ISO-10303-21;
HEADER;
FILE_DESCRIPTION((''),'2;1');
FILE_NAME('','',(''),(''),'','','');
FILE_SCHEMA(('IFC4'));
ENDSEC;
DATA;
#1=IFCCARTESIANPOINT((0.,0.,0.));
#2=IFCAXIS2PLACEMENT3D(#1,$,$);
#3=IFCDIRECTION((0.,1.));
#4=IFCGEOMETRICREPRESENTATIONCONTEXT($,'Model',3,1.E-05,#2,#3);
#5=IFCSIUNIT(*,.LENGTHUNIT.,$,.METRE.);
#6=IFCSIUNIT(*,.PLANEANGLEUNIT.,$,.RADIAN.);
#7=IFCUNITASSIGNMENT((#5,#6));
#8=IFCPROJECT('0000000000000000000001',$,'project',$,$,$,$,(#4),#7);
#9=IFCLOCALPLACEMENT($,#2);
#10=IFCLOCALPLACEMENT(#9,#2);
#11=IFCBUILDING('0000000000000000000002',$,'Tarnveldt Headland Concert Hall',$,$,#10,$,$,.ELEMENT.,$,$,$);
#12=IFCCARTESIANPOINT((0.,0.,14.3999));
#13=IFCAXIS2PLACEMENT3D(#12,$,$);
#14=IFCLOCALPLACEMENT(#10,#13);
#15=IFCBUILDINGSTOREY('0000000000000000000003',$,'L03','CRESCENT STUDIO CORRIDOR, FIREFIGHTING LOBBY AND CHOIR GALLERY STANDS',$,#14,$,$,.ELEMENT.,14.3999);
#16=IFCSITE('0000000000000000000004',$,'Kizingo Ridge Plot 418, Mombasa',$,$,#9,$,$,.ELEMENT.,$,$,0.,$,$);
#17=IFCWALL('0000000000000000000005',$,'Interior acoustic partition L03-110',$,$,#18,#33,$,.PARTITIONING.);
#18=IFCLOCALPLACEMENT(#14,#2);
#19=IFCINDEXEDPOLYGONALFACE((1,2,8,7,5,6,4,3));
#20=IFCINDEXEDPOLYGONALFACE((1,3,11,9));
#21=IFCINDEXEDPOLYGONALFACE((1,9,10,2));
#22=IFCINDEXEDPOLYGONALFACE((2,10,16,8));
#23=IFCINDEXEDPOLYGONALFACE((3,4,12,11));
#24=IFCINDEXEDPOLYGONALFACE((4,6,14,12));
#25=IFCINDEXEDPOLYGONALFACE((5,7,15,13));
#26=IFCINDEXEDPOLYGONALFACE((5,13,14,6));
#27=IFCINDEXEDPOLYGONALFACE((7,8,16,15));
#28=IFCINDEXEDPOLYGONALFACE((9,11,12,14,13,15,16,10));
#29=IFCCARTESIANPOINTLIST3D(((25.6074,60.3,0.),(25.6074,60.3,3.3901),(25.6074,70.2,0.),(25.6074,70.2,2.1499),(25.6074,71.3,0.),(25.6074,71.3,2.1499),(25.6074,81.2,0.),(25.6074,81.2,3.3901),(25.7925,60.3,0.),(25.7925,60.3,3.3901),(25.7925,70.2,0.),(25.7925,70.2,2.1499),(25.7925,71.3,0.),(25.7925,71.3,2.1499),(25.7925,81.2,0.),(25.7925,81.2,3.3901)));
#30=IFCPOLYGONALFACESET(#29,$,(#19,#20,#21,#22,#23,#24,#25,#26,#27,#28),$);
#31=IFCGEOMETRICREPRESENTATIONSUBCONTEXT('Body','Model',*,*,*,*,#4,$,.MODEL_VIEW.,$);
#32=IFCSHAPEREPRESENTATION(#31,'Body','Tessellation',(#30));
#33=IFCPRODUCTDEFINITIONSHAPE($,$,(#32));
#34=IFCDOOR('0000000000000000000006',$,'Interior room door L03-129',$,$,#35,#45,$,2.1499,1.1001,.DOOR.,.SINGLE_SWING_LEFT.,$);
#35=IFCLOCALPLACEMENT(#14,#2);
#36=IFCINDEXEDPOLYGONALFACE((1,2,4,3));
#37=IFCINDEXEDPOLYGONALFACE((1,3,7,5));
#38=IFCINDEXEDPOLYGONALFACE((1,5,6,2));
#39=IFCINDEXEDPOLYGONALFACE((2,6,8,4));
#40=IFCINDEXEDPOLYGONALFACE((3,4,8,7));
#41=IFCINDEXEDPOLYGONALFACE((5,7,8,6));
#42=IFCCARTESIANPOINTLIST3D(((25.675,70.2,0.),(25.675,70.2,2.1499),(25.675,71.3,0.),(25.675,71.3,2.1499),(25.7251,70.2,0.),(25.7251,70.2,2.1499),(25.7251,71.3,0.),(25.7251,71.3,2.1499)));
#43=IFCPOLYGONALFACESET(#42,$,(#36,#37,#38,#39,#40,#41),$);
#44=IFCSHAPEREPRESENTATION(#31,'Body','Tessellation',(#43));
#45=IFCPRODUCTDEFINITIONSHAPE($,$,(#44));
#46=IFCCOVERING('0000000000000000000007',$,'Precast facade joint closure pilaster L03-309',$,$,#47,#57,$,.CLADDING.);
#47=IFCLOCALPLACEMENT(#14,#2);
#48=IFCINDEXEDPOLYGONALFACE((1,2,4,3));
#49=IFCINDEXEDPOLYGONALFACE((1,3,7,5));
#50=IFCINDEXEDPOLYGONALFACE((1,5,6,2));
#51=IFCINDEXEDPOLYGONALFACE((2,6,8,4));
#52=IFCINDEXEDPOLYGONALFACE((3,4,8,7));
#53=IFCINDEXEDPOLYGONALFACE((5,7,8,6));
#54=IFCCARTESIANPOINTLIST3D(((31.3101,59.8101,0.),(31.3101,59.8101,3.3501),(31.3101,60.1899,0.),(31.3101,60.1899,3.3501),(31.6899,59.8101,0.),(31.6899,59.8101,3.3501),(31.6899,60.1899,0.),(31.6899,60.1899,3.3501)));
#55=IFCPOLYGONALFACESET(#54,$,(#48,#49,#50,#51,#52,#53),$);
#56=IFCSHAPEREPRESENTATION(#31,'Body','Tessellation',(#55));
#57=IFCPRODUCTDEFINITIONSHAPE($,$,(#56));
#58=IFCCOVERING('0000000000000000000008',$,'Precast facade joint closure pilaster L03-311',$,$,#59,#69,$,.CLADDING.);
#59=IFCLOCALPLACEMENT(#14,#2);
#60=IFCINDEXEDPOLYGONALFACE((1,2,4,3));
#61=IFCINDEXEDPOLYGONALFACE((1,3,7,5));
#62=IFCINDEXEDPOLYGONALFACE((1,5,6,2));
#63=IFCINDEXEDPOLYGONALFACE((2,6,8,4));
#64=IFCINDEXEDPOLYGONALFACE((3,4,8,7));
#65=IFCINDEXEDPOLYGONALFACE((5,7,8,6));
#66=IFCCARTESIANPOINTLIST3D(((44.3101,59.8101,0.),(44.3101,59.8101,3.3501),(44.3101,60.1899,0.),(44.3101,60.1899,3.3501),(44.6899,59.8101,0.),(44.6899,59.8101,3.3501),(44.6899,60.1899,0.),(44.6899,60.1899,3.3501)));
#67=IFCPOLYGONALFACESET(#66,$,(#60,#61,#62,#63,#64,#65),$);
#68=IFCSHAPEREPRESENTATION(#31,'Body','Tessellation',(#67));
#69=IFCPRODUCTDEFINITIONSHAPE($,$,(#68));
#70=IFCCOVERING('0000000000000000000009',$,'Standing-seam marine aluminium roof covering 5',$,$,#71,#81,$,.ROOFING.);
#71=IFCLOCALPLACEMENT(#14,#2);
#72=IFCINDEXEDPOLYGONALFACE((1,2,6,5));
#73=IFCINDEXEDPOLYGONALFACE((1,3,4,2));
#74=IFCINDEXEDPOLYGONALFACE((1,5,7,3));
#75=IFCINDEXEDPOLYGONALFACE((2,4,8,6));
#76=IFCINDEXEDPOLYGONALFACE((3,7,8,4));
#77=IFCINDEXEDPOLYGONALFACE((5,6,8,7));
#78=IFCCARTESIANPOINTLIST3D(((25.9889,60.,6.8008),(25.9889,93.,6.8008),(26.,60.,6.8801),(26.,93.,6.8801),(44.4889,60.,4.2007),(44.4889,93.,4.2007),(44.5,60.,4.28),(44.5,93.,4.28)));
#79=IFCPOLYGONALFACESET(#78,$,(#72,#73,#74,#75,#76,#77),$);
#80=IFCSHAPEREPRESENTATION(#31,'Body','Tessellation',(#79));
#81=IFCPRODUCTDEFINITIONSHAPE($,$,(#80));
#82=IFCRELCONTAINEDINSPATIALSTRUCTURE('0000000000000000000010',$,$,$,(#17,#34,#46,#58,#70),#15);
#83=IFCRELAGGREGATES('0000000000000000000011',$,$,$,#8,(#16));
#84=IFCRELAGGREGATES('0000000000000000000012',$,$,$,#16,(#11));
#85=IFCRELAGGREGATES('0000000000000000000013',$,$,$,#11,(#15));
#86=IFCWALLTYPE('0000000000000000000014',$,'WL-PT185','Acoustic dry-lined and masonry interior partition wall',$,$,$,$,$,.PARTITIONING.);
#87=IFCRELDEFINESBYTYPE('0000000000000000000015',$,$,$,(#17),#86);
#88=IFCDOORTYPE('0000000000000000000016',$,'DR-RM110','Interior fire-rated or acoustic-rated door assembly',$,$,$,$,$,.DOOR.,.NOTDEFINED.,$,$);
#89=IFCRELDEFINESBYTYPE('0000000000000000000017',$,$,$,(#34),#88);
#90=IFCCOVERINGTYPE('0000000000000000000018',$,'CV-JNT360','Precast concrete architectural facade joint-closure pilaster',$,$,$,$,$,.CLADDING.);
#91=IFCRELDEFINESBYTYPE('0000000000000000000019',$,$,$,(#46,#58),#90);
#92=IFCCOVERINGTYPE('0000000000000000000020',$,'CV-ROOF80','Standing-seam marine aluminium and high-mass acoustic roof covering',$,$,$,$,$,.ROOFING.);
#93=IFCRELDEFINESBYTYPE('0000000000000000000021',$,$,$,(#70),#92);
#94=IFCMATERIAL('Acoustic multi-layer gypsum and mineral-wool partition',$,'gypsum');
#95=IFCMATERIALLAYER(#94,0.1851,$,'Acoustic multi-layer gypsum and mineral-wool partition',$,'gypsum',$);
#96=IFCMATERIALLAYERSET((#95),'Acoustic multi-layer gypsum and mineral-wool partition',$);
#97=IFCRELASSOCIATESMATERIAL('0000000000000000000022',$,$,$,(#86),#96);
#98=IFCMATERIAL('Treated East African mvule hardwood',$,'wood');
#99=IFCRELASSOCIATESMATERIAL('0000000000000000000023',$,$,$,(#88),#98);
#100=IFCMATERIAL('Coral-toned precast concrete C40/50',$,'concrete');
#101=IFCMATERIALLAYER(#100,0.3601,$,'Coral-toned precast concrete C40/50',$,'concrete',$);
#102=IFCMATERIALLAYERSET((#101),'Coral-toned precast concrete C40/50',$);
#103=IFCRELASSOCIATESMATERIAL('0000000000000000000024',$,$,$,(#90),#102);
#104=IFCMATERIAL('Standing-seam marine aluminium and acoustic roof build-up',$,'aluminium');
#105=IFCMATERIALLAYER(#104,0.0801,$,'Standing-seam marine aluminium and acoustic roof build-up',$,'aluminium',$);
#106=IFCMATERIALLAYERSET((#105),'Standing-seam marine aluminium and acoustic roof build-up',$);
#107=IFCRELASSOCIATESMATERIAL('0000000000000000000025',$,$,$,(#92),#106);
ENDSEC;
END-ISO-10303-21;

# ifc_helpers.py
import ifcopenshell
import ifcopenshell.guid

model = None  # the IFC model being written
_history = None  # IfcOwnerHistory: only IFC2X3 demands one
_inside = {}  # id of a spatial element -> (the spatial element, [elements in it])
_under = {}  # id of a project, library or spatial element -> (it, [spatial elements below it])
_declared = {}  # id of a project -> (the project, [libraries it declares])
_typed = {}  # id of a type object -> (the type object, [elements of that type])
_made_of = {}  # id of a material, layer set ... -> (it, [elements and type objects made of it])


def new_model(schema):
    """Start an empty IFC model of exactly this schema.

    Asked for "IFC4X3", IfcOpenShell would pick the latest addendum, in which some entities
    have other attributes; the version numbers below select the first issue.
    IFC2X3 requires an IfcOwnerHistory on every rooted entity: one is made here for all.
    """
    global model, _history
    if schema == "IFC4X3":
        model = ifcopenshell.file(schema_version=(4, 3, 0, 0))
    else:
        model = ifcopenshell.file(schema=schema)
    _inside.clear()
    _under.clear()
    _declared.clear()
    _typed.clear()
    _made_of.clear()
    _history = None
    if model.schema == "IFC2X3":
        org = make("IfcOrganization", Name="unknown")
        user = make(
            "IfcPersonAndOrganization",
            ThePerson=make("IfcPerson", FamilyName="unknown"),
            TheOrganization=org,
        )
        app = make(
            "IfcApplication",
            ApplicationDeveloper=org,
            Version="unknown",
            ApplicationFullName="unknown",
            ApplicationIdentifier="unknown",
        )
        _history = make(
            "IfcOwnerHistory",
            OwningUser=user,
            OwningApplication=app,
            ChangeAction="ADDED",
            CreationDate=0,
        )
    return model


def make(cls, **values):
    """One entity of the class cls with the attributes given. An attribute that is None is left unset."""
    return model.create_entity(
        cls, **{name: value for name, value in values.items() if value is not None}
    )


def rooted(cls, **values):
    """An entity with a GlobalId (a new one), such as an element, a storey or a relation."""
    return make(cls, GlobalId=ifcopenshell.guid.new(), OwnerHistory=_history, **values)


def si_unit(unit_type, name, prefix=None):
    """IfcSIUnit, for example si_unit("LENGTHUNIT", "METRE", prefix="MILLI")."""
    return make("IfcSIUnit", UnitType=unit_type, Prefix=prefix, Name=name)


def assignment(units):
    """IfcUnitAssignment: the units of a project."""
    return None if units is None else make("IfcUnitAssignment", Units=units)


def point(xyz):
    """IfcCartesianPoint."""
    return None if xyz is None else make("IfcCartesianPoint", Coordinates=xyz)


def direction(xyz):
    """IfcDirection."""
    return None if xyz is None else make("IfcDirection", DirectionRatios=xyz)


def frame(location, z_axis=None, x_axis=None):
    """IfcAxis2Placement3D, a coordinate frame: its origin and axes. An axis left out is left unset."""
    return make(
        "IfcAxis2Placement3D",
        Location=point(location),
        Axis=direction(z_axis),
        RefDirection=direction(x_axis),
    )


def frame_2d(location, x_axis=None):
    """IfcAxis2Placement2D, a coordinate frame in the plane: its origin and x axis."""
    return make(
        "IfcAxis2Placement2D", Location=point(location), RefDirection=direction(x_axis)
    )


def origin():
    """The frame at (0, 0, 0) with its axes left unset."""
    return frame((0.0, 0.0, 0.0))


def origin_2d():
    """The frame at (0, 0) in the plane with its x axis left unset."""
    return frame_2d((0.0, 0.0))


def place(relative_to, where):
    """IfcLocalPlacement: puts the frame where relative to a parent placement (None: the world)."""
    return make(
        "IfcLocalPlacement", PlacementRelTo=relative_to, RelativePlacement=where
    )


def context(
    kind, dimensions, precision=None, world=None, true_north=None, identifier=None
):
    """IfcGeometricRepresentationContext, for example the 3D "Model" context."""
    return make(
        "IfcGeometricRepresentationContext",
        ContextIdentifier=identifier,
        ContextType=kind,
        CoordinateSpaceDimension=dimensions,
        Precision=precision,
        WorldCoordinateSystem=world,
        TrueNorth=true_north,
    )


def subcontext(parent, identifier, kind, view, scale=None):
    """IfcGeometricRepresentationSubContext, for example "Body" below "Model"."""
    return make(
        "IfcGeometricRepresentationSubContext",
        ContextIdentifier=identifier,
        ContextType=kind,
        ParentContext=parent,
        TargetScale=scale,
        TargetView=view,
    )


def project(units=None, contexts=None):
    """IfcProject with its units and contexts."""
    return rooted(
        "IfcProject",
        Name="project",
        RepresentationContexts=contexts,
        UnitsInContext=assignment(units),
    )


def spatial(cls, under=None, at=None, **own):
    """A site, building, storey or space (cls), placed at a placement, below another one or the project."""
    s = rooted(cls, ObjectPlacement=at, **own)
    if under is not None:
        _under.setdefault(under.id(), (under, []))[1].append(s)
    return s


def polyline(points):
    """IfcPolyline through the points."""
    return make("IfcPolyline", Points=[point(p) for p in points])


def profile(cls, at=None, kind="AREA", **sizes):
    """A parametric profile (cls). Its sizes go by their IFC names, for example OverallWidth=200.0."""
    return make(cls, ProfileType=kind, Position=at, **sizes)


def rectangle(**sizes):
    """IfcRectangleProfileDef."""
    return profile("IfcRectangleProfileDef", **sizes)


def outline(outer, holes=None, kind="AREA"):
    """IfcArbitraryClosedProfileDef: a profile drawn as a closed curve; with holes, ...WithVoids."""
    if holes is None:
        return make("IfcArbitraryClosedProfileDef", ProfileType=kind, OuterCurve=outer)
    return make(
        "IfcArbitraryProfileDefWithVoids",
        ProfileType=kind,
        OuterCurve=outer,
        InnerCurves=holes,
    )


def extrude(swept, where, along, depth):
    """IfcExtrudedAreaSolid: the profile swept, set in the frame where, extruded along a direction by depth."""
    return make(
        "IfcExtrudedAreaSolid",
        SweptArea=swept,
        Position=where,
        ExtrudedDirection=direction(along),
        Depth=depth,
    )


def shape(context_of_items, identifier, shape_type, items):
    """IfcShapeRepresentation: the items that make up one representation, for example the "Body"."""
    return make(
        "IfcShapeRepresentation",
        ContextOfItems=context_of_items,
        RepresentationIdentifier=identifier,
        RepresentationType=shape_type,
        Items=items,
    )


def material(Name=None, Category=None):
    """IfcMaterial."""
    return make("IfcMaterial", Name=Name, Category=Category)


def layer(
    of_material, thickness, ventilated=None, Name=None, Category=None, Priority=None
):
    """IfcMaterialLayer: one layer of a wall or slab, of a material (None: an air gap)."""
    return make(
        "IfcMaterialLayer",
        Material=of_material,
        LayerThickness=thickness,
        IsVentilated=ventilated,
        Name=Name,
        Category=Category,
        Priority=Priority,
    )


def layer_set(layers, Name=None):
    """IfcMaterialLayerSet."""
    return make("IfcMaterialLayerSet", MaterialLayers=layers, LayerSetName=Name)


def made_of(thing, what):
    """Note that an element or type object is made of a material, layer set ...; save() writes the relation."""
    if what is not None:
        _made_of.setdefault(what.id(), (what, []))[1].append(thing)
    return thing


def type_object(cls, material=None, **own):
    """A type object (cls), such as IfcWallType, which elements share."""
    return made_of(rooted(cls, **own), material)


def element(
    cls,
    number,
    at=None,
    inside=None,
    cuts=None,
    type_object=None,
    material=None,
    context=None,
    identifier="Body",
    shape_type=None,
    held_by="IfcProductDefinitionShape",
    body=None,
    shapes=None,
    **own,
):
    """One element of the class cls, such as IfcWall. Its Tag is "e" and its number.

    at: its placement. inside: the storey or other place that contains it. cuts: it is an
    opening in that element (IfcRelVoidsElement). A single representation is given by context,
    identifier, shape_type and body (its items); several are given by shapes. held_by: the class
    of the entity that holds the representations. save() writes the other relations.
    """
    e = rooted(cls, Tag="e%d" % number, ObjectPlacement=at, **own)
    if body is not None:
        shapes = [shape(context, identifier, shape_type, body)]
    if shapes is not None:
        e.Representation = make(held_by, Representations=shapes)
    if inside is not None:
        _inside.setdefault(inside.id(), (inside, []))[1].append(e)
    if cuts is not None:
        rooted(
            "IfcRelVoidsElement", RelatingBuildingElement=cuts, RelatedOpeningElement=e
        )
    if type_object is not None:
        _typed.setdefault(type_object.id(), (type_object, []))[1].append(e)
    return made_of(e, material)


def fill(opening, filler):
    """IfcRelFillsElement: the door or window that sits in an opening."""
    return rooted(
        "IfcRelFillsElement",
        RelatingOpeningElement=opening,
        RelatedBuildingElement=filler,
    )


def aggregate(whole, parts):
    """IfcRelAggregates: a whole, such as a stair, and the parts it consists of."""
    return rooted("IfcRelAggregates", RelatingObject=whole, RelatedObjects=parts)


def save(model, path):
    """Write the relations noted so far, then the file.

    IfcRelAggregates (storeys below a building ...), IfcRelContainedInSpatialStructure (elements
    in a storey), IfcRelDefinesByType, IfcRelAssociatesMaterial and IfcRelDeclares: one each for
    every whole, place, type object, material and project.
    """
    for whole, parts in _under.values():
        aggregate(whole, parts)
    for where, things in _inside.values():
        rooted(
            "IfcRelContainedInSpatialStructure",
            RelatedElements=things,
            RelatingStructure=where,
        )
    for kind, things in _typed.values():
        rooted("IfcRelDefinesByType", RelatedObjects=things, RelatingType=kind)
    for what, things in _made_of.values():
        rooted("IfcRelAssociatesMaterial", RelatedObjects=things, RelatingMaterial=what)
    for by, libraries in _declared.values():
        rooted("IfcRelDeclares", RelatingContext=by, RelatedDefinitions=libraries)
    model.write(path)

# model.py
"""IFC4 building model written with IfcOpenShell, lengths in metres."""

from ifc_helpers import new_model, si_unit, direction, frame, frame_2d, origin, origin_2d, place, context, subcontext, project, spatial, polyline, rectangle, outline, extrude, material, layer, layer_set, type_object, element, fill, save


model = new_model("IFC4")

# Units and contexts
model_context = context("Model", 3, precision=1e-05, world=origin(), true_north=direction((0.0, 1.0)))
body_context = subcontext(model_context, "Body", "Model", "MODEL_VIEW")
ifc_project = project(units=[si_unit("LENGTHUNIT", "METRE"), si_unit("PLANEANGLEUNIT", "RADIAN")], contexts=[model_context])

# Site, building, storey
site_placement = place(None, origin())
site = spatial("IfcSite", under=ifc_project, at=site_placement, Name="Kizingo Ridge Plot 418, Mombasa", CompositionType="ELEMENT", RefElevation=0.0)
building_placement = place(site_placement, origin())
building = spatial("IfcBuilding", under=site, at=building_placement, Name="Tarnveldt Headland Concert Hall", CompositionType="ELEMENT")
storey_placement = place(building_placement, frame((0.0, 0.0, 14.3999)))
storey = spatial("IfcBuildingStorey", under=building, at=storey_placement, Name="L03", Description="CRESCENT STUDIO CORRIDOR, FIREFIGHTING LOBBY AND CHOIR GALLERY STANDS", CompositionType="ELEMENT", Elevation=14.3999)

# Shared definitions
ifc_material_1 = material(Name="Coral-toned precast concrete C40/50", Category="concrete")

# Wall, opening, door
ifc_material_2 = material(Name="Acoustic multi-layer gypsum and mineral-wool partition", Category="gypsum")
ifc_layer_1 = layer(ifc_material_2, 0.1851, Name="Acoustic multi-layer gypsum and mineral-wool partition", Category="gypsum")
ifc_layer_set_1 = layer_set([ifc_layer_1], Name="Acoustic multi-layer gypsum and mineral-wool partition")
wall_type_1 = type_object("IfcWallType", Name="WL-PT185", Description="Acoustic dry-lined and masonry interior partition wall", PredefinedType="PARTITIONING", material=ifc_layer_set_1)
wall_1_placement = place(storey_placement, frame((25.7, 60.3, 0.0), z_axis=(0.0, 0.0, 1.0), x_axis=(0.0, 1.0, 0.0)))
wall_1 = element("IfcWall", 1, at=wall_1_placement, inside=storey, type_object=wall_type_1, Name="Interior acoustic partition L03-110", PredefinedType="PARTITIONING", context=body_context, shape_type="SweptSolid", body=[
    extrude(rectangle(XDim=20.8999, YDim=0.1851, at=frame_2d((10.45, 0.0))), origin(), (0.0, 0.0, 1.0), 3.3901),
])
opening_1_placement = place(wall_1_placement, frame((9.8999, 0.0, 0.0)))
opening_1 = element("IfcOpeningElement", 2, at=opening_1_placement, cuts=wall_1, PredefinedType="OPENING", context=body_context, shape_type="SweptSolid", body=[
    extrude(rectangle(XDim=1.1001, YDim=2.1499, at=frame_2d((0.55, 1.075))), frame((0.0, 0.1025, 0.0), z_axis=(0.0, -1.0, 0.0), x_axis=(1.0, 0.0, 0.0)), (0.0, 0.0, 1.0), 0.2051),
])
ifc_material_3 = material(Name="Treated East African mvule hardwood", Category="wood")
door_type_1 = type_object("IfcDoorType", Name="DR-RM110", Description="Interior fire-rated or acoustic-rated door assembly", OperationType="NOTDEFINED", PredefinedType="DOOR", material=ifc_material_3)
door_1_placement = place(opening_1_placement, origin())
door_1 = element("IfcDoor", 3, at=door_1_placement, inside=storey, type_object=door_type_1, Name="Interior room door L03-129", OperationType="SINGLE_SWING_LEFT", OverallHeight=2.1499, OverallWidth=1.1001, PredefinedType="DOOR", context=body_context, shape_type="SweptSolid", body=[
    extrude(rectangle(XDim=1.1001, YDim=2.1499, at=frame_2d((0.55, 1.075))), frame((0.0, 0.0249, 0.0), z_axis=(0.0, -1.0, 0.0), x_axis=(1.0, 0.0, 0.0)), (0.0, 0.0, 1.0), 0.05),
])
fill(opening_1, door_1)

# Coverings
ifc_layer_2 = layer(ifc_material_1, 0.3601, Name="Coral-toned precast concrete C40/50", Category="concrete")
ifc_layer_set_2 = layer_set([ifc_layer_2], Name="Coral-toned precast concrete C40/50")
covering_type_1 = type_object("IfcCoveringType", Name="CV-JNT360", Description="Precast concrete architectural facade joint-closure pilaster", PredefinedType="CLADDING", material=ifc_layer_set_2)
for number, where, z_axis, x_axis, name in (
    (4, (31.5, 60.0, 0.0), (0.0, 0.0, 1.0), (-1.0, 0.0, 0.0), "Precast facade joint closure pilaster L03-309"),
    (5, (44.5, 60.0, 0.0), (0.0, 0.0, 1.0), (-1.0, 0.0, 0.0), "Precast facade joint closure pilaster L03-311"),
):
    element("IfcCovering", number, at=place(storey_placement, frame(where, z_axis=z_axis, x_axis=x_axis)), inside=storey, type_object=covering_type_1, Name=name, PredefinedType="CLADDING", context=body_context, shape_type="SweptSolid", body=[
        extrude(rectangle(XDim=0.3799, YDim=0.3799, at=origin_2d()), origin(), (0.0, 0.0, 1.0), 3.3501),
    ])
ifc_material_4 = material(Name="Standing-seam marine aluminium and acoustic roof build-up", Category="aluminium")
ifc_layer_3 = layer(ifc_material_4, 0.0801, Name="Standing-seam marine aluminium and acoustic roof build-up", Category="aluminium")
ifc_layer_set_3 = layer_set([ifc_layer_3], Name="Standing-seam marine aluminium and acoustic roof build-up")
covering_type_2 = type_object("IfcCoveringType", Name="CV-ROOF80", Description="Standing-seam marine aluminium and high-mass acoustic roof covering", PredefinedType="ROOFING", material=ifc_layer_set_3)
covering_placement = place(storey_placement, frame((26.0, 60.0, 6.8801), z_axis=(0.139178, 0.0, 0.990267), x_axis=(0.990267, 0.0, -0.139178)))
element("IfcCovering", 6, at=covering_placement, inside=storey, type_object=covering_type_2, Name="Standing-seam marine aluminium roof covering 5", PredefinedType="ROOFING", context=body_context, shape_type="SweptSolid", body=[
    extrude(outline(polyline([(0.0, 0.0), (18.6818, 0.0), (18.6818, 33.0), (0.0, 33.0), (0.0, 0.0)])), origin(), (0.0, 0.0, -1.0), 0.0801),
])

save(model, "model.ifc")
